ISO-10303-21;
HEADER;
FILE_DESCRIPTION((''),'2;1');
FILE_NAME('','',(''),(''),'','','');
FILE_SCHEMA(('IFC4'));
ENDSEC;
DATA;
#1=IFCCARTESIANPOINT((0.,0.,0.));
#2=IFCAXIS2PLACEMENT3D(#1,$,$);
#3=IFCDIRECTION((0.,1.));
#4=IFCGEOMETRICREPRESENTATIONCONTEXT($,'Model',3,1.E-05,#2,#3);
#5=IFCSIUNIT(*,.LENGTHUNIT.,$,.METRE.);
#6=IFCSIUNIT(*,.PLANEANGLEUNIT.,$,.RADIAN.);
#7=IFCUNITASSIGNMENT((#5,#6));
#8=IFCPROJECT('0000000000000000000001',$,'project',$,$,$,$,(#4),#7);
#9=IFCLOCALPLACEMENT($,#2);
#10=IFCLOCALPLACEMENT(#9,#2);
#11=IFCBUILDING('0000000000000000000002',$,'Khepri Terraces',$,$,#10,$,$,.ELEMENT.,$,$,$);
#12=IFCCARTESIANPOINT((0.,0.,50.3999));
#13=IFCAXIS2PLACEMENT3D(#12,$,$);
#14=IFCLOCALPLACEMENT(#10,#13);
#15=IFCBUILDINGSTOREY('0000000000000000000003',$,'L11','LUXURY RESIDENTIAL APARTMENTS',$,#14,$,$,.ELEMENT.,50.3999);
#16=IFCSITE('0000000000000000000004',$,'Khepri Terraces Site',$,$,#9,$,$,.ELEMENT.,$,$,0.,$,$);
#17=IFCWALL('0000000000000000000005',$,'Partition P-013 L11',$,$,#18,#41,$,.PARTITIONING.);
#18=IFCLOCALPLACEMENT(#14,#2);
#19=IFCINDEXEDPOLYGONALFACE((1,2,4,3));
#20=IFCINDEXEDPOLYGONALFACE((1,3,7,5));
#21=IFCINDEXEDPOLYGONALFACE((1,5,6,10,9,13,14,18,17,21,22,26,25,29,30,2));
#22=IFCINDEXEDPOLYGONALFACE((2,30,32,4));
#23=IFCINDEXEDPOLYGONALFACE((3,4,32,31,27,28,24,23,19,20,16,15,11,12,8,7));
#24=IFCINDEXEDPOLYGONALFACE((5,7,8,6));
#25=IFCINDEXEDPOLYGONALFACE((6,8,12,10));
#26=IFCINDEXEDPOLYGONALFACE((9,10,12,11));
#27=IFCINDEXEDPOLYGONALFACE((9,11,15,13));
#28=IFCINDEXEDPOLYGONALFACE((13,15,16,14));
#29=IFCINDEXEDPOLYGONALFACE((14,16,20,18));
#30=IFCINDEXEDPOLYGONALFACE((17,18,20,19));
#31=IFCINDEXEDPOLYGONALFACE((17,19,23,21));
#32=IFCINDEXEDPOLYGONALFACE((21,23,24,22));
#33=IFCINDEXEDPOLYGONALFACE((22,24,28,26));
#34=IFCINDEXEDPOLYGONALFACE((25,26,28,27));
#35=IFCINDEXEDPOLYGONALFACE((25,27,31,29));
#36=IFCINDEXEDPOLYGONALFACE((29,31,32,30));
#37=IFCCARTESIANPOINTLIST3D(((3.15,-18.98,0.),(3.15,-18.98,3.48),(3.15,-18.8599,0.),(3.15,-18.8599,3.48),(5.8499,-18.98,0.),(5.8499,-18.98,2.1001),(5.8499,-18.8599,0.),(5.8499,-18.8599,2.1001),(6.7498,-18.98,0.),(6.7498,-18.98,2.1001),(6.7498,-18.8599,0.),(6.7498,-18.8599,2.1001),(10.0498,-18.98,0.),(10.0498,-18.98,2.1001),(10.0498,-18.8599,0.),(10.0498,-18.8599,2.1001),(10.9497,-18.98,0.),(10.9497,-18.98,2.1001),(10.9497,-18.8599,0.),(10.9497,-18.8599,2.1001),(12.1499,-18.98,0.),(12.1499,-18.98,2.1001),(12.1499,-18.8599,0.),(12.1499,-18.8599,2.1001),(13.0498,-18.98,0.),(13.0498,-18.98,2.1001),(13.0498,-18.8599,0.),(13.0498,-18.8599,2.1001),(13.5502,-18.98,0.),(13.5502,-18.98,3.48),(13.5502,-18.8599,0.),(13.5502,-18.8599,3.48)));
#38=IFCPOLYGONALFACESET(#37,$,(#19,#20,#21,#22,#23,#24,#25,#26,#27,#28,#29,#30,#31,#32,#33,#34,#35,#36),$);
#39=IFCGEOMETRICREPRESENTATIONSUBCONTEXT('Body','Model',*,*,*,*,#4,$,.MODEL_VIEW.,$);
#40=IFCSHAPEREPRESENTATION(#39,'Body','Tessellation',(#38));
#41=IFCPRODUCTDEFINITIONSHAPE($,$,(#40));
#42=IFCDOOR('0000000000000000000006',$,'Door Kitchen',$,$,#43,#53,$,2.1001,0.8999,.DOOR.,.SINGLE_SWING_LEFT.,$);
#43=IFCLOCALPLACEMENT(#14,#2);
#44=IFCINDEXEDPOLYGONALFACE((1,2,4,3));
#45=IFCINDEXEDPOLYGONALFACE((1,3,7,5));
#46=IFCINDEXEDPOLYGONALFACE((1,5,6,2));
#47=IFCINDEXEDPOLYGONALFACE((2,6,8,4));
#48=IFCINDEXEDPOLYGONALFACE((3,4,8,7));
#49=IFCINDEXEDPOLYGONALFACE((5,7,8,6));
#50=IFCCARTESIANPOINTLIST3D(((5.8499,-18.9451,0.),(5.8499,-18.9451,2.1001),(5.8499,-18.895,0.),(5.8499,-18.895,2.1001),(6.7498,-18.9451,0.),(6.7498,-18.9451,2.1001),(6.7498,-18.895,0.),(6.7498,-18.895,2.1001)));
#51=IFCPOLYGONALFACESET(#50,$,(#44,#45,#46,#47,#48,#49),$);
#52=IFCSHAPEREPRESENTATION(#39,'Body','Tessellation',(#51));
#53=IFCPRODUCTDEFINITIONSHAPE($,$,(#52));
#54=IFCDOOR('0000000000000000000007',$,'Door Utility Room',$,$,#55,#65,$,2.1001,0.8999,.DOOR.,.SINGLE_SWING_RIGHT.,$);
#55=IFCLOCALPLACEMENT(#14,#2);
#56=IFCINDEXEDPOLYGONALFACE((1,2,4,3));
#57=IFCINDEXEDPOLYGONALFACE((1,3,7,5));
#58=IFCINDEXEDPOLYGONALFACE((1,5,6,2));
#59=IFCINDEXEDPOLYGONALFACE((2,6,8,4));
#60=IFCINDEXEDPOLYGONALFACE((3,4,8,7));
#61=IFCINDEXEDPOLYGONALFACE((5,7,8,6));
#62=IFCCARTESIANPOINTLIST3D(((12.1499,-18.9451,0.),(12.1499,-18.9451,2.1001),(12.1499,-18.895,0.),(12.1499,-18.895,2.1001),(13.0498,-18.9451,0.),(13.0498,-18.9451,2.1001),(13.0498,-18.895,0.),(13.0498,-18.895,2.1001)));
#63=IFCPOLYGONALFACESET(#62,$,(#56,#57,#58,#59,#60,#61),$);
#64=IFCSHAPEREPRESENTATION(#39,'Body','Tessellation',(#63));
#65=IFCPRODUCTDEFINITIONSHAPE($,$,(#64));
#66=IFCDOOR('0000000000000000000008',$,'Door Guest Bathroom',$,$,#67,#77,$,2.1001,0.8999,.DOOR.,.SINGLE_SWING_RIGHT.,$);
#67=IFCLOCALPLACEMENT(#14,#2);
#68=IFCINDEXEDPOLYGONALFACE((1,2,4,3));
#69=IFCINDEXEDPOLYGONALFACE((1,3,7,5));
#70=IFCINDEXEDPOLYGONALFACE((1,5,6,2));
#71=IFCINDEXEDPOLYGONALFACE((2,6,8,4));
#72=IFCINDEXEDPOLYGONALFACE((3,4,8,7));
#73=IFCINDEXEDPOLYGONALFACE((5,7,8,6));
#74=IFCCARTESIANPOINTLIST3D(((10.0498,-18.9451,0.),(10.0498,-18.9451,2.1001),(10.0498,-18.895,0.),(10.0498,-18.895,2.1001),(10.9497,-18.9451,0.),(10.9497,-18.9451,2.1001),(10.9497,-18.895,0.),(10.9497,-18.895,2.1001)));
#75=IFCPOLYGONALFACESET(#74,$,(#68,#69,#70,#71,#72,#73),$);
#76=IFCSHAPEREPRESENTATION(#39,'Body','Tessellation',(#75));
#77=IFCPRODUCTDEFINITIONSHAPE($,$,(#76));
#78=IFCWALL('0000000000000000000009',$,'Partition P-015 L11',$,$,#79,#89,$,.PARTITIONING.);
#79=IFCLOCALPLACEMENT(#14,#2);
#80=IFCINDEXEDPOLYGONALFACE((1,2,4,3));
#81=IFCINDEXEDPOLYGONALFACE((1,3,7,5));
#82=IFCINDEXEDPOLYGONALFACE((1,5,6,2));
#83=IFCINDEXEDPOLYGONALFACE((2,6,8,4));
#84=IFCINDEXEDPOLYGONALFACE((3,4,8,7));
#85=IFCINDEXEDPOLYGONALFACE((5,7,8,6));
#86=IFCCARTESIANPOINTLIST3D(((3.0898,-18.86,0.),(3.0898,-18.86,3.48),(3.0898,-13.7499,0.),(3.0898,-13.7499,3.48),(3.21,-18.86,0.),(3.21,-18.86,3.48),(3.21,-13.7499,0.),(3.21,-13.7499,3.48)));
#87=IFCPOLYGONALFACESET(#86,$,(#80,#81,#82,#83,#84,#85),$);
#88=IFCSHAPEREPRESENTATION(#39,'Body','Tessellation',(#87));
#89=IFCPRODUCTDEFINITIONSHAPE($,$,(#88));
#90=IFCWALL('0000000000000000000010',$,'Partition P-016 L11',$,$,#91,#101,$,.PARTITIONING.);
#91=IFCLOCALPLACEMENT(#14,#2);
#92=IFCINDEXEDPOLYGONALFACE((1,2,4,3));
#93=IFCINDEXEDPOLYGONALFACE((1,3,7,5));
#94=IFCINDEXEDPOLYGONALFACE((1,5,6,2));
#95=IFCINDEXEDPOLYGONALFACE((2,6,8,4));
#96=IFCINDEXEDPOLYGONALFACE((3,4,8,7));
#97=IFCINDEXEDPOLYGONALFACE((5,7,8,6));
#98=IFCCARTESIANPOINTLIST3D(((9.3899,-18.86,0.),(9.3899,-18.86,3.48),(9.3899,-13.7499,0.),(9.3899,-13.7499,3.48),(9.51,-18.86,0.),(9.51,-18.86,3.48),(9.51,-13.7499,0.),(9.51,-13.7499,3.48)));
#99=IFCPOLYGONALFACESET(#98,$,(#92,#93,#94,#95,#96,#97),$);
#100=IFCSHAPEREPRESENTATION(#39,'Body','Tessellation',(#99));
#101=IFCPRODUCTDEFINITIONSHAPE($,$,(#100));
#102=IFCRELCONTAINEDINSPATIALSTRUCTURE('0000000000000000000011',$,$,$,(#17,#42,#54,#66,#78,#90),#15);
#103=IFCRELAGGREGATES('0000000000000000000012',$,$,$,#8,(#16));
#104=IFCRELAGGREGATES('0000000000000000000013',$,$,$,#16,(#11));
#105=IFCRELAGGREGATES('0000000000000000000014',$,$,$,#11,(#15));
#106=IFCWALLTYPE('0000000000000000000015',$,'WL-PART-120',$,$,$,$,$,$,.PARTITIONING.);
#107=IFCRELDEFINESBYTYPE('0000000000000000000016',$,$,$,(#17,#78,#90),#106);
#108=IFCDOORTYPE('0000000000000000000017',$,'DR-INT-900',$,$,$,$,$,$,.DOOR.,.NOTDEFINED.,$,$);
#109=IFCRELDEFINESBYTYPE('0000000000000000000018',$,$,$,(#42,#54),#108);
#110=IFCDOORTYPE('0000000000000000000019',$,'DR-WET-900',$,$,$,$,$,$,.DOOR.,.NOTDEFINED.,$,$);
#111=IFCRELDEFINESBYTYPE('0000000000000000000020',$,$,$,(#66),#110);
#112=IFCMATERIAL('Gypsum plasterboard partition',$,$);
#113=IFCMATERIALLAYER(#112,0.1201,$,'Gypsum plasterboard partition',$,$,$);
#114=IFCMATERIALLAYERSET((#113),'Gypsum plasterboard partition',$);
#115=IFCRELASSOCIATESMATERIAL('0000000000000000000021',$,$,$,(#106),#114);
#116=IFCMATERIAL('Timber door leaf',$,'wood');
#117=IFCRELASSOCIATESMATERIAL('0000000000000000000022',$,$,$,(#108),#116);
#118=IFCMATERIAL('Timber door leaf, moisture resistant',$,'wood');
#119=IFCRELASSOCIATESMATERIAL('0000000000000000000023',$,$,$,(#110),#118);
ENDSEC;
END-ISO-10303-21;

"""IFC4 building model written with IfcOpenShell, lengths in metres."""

from ifc_helpers import new_model, si_unit, direction, frame, frame_2d, origin, place, context, subcontext, project, spatial, rectangle, extrude, material, layer, layer_set, type_object, element, fill, save


model = new_model("IFC4")

# Units and contexts
model_context = context("Model", 3, precision=1e-05, world=origin(), true_north=direction((0.0, 1.0)))
body_context = subcontext(model_context, "Body", "Model", "MODEL_VIEW")
ifc_project = project(units=[si_unit("LENGTHUNIT", "METRE"), si_unit("PLANEANGLEUNIT", "RADIAN")], contexts=[model_context])

# Site, building, storey
site_placement = place(None, origin())
site = spatial("IfcSite", under=ifc_project, at=site_placement, Name="Khepri Terraces Site", CompositionType="ELEMENT", RefElevation=0.0)
building_placement = place(site_placement, origin())
building = spatial("IfcBuilding", under=site, at=building_placement, Name="Khepri Terraces", CompositionType="ELEMENT")
storey_placement = place(building_placement, frame((0.0, 0.0, 50.3999)))
storey = spatial("IfcBuildingStorey", under=building, at=storey_placement, Name="L11", Description="LUXURY RESIDENTIAL APARTMENTS", CompositionType="ELEMENT", Elevation=50.3999)

# Wall, openings, doors
ifc_material_1 = material(Name="Gypsum plasterboard partition")
ifc_layer_1 = layer(ifc_material_1, 0.1201, Name="Gypsum plasterboard partition")
ifc_layer_set_1 = layer_set([ifc_layer_1], Name="Gypsum plasterboard partition")
wall_type_1 = type_object("IfcWallType", Name="WL-PART-120", PredefinedType="PARTITIONING", material=ifc_layer_set_1)
wall_1_placement = place(storey_placement, frame((3.1499, -18.9199, 0.0), z_axis=(0.0, 0.0, 1.0), x_axis=(1.0, 0.0, 0.0)))
wall_1 = element("IfcWall", 1, at=wall_1_placement, inside=storey, type_object=wall_type_1, Name="Partition P-013 L11", PredefinedType="PARTITIONING", context=body_context, shape_type="SweptSolid", body=[
    extrude(rectangle(XDim=10.4001, YDim=0.1201, at=frame_2d((5.2002, 0.0))), origin(), (0.0, 0.0, 1.0), 3.48),
])
opening_1_placement = place(wall_1_placement, frame((2.7, 0.0, 0.0)))
opening_1 = element("IfcOpeningElement", 2, at=opening_1_placement, cuts=wall_1, PredefinedType="OPENING", context=body_context, shape_type="SweptSolid", body=[
    extrude(rectangle(XDim=0.8999, YDim=2.1001, at=frame_2d((0.45, 1.05))), frame((0.0, 0.0701, 0.0), z_axis=(0.0, -1.0, 0.0), x_axis=(1.0, 0.0, 0.0)), (0.0, 0.0, 1.0), 0.1401),
])
opening_2_placement = place(wall_1_placement, frame((6.8999, 0.0, 0.0)))
opening_2 = element("IfcOpeningElement", 3, at=opening_2_placement, cuts=wall_1, PredefinedType="OPENING", context=body_context, shape_type="SweptSolid", body=[
    extrude(rectangle(XDim=0.8999, YDim=2.1001, at=frame_2d((0.45, 1.05))), frame((0.0, 0.0701, 0.0), z_axis=(0.0, -1.0, 0.0), x_axis=(1.0, 0.0, 0.0)), (0.0, 0.0, 1.0), 0.1401),
])
opening_3_placement = place(wall_1_placement, frame((9.0, 0.0, 0.0)))
opening_3 = element("IfcOpeningElement", 4, at=opening_3_placement, cuts=wall_1, PredefinedType="OPENING", context=body_context, shape_type="SweptSolid", body=[
    extrude(rectangle(XDim=0.8999, YDim=2.1001, at=frame_2d((0.45, 1.05))), frame((0.0, 0.0701, 0.0), z_axis=(0.0, -1.0, 0.0), x_axis=(1.0, 0.0, 0.0)), (0.0, 0.0, 1.0), 0.1401),
])
ifc_material_2 = material(Name="Timber door leaf", Category="wood")
door_type_1 = type_object("IfcDoorType", Name="DR-INT-900", OperationType="NOTDEFINED", PredefinedType="DOOR", material=ifc_material_2)
door_1_placement = place(opening_1_placement, origin())
door_1 = element("IfcDoor", 5, at=door_1_placement, inside=storey, type_object=door_type_1, Name="Door Kitchen", OperationType="SINGLE_SWING_LEFT", OverallHeight=2.1001, OverallWidth=0.8999, PredefinedType="DOOR", context=body_context, shape_type="SweptSolid", body=[
    extrude(rectangle(XDim=0.8999, YDim=2.1001, at=frame_2d((0.45, 1.05))), frame((0.0, 0.0249, 0.0), z_axis=(0.0, -1.0, 0.0), x_axis=(1.0, 0.0, 0.0)), (0.0, 0.0, 1.0), 0.05),
])
fill(opening_1, door_1)
door_2_placement = place(opening_3_placement, origin())
door_2 = element("IfcDoor", 6, at=door_2_placement, inside=storey, type_object=door_type_1, Name="Door Utility Room", OperationType="SINGLE_SWING_RIGHT", OverallHeight=2.1001, OverallWidth=0.8999, PredefinedType="DOOR", context=body_context, shape_type="SweptSolid", body=[
    extrude(rectangle(XDim=0.8999, YDim=2.1001, at=frame_2d((0.45, 1.05))), frame((0.0, 0.0249, 0.0), z_axis=(0.0, -1.0, 0.0), x_axis=(1.0, 0.0, 0.0)), (0.0, 0.0, 1.0), 0.05),
])
fill(opening_3, door_2)
ifc_material_3 = material(Name="Timber door leaf, moisture resistant", Category="wood")
door_type_2 = type_object("IfcDoorType", Name="DR-WET-900", OperationType="NOTDEFINED", PredefinedType="DOOR", material=ifc_material_3)
door_3_placement = place(opening_2_placement, origin())
door_3 = element("IfcDoor", 7, at=door_3_placement, inside=storey, type_object=door_type_2, Name="Door Guest Bathroom", OperationType="SINGLE_SWING_RIGHT", OverallHeight=2.1001, OverallWidth=0.8999, PredefinedType="DOOR", context=body_context, shape_type="SweptSolid", body=[
    extrude(rectangle(XDim=0.8999, YDim=2.1001, at=frame_2d((0.45, 1.05))), frame((0.0, 0.0249, 0.0), z_axis=(0.0, -1.0, 0.0), x_axis=(1.0, 0.0, 0.0)), (0.0, 0.0, 1.0), 0.05),
])
fill(opening_2, door_3)

# Walls
for number, where, z_axis, x_axis, name in (
    (8, (3.1499, -18.8601, 0.0), (0.0, 0.0, 1.0), (0.0, 1.0, 0.0), "Partition P-015 L11"),
    (9, (9.45, -18.8601, 0.0), (0.0, 0.0, 1.0), (0.0, 1.0, 0.0), "Partition P-016 L11"),
):
    element("IfcWall", number, at=place(storey_placement, frame(where, z_axis=z_axis, x_axis=x_axis)), inside=storey, type_object=wall_type_1, Name=name, PredefinedType="PARTITIONING", context=body_context, shape_type="SweptSolid", body=[
        extrude(rectangle(XDim=5.1101, YDim=0.1201, at=frame_2d((2.5552, 0.0))), origin(), (0.0, 0.0, 1.0), 3.48),
    ])

save(model, "model.ifc")
